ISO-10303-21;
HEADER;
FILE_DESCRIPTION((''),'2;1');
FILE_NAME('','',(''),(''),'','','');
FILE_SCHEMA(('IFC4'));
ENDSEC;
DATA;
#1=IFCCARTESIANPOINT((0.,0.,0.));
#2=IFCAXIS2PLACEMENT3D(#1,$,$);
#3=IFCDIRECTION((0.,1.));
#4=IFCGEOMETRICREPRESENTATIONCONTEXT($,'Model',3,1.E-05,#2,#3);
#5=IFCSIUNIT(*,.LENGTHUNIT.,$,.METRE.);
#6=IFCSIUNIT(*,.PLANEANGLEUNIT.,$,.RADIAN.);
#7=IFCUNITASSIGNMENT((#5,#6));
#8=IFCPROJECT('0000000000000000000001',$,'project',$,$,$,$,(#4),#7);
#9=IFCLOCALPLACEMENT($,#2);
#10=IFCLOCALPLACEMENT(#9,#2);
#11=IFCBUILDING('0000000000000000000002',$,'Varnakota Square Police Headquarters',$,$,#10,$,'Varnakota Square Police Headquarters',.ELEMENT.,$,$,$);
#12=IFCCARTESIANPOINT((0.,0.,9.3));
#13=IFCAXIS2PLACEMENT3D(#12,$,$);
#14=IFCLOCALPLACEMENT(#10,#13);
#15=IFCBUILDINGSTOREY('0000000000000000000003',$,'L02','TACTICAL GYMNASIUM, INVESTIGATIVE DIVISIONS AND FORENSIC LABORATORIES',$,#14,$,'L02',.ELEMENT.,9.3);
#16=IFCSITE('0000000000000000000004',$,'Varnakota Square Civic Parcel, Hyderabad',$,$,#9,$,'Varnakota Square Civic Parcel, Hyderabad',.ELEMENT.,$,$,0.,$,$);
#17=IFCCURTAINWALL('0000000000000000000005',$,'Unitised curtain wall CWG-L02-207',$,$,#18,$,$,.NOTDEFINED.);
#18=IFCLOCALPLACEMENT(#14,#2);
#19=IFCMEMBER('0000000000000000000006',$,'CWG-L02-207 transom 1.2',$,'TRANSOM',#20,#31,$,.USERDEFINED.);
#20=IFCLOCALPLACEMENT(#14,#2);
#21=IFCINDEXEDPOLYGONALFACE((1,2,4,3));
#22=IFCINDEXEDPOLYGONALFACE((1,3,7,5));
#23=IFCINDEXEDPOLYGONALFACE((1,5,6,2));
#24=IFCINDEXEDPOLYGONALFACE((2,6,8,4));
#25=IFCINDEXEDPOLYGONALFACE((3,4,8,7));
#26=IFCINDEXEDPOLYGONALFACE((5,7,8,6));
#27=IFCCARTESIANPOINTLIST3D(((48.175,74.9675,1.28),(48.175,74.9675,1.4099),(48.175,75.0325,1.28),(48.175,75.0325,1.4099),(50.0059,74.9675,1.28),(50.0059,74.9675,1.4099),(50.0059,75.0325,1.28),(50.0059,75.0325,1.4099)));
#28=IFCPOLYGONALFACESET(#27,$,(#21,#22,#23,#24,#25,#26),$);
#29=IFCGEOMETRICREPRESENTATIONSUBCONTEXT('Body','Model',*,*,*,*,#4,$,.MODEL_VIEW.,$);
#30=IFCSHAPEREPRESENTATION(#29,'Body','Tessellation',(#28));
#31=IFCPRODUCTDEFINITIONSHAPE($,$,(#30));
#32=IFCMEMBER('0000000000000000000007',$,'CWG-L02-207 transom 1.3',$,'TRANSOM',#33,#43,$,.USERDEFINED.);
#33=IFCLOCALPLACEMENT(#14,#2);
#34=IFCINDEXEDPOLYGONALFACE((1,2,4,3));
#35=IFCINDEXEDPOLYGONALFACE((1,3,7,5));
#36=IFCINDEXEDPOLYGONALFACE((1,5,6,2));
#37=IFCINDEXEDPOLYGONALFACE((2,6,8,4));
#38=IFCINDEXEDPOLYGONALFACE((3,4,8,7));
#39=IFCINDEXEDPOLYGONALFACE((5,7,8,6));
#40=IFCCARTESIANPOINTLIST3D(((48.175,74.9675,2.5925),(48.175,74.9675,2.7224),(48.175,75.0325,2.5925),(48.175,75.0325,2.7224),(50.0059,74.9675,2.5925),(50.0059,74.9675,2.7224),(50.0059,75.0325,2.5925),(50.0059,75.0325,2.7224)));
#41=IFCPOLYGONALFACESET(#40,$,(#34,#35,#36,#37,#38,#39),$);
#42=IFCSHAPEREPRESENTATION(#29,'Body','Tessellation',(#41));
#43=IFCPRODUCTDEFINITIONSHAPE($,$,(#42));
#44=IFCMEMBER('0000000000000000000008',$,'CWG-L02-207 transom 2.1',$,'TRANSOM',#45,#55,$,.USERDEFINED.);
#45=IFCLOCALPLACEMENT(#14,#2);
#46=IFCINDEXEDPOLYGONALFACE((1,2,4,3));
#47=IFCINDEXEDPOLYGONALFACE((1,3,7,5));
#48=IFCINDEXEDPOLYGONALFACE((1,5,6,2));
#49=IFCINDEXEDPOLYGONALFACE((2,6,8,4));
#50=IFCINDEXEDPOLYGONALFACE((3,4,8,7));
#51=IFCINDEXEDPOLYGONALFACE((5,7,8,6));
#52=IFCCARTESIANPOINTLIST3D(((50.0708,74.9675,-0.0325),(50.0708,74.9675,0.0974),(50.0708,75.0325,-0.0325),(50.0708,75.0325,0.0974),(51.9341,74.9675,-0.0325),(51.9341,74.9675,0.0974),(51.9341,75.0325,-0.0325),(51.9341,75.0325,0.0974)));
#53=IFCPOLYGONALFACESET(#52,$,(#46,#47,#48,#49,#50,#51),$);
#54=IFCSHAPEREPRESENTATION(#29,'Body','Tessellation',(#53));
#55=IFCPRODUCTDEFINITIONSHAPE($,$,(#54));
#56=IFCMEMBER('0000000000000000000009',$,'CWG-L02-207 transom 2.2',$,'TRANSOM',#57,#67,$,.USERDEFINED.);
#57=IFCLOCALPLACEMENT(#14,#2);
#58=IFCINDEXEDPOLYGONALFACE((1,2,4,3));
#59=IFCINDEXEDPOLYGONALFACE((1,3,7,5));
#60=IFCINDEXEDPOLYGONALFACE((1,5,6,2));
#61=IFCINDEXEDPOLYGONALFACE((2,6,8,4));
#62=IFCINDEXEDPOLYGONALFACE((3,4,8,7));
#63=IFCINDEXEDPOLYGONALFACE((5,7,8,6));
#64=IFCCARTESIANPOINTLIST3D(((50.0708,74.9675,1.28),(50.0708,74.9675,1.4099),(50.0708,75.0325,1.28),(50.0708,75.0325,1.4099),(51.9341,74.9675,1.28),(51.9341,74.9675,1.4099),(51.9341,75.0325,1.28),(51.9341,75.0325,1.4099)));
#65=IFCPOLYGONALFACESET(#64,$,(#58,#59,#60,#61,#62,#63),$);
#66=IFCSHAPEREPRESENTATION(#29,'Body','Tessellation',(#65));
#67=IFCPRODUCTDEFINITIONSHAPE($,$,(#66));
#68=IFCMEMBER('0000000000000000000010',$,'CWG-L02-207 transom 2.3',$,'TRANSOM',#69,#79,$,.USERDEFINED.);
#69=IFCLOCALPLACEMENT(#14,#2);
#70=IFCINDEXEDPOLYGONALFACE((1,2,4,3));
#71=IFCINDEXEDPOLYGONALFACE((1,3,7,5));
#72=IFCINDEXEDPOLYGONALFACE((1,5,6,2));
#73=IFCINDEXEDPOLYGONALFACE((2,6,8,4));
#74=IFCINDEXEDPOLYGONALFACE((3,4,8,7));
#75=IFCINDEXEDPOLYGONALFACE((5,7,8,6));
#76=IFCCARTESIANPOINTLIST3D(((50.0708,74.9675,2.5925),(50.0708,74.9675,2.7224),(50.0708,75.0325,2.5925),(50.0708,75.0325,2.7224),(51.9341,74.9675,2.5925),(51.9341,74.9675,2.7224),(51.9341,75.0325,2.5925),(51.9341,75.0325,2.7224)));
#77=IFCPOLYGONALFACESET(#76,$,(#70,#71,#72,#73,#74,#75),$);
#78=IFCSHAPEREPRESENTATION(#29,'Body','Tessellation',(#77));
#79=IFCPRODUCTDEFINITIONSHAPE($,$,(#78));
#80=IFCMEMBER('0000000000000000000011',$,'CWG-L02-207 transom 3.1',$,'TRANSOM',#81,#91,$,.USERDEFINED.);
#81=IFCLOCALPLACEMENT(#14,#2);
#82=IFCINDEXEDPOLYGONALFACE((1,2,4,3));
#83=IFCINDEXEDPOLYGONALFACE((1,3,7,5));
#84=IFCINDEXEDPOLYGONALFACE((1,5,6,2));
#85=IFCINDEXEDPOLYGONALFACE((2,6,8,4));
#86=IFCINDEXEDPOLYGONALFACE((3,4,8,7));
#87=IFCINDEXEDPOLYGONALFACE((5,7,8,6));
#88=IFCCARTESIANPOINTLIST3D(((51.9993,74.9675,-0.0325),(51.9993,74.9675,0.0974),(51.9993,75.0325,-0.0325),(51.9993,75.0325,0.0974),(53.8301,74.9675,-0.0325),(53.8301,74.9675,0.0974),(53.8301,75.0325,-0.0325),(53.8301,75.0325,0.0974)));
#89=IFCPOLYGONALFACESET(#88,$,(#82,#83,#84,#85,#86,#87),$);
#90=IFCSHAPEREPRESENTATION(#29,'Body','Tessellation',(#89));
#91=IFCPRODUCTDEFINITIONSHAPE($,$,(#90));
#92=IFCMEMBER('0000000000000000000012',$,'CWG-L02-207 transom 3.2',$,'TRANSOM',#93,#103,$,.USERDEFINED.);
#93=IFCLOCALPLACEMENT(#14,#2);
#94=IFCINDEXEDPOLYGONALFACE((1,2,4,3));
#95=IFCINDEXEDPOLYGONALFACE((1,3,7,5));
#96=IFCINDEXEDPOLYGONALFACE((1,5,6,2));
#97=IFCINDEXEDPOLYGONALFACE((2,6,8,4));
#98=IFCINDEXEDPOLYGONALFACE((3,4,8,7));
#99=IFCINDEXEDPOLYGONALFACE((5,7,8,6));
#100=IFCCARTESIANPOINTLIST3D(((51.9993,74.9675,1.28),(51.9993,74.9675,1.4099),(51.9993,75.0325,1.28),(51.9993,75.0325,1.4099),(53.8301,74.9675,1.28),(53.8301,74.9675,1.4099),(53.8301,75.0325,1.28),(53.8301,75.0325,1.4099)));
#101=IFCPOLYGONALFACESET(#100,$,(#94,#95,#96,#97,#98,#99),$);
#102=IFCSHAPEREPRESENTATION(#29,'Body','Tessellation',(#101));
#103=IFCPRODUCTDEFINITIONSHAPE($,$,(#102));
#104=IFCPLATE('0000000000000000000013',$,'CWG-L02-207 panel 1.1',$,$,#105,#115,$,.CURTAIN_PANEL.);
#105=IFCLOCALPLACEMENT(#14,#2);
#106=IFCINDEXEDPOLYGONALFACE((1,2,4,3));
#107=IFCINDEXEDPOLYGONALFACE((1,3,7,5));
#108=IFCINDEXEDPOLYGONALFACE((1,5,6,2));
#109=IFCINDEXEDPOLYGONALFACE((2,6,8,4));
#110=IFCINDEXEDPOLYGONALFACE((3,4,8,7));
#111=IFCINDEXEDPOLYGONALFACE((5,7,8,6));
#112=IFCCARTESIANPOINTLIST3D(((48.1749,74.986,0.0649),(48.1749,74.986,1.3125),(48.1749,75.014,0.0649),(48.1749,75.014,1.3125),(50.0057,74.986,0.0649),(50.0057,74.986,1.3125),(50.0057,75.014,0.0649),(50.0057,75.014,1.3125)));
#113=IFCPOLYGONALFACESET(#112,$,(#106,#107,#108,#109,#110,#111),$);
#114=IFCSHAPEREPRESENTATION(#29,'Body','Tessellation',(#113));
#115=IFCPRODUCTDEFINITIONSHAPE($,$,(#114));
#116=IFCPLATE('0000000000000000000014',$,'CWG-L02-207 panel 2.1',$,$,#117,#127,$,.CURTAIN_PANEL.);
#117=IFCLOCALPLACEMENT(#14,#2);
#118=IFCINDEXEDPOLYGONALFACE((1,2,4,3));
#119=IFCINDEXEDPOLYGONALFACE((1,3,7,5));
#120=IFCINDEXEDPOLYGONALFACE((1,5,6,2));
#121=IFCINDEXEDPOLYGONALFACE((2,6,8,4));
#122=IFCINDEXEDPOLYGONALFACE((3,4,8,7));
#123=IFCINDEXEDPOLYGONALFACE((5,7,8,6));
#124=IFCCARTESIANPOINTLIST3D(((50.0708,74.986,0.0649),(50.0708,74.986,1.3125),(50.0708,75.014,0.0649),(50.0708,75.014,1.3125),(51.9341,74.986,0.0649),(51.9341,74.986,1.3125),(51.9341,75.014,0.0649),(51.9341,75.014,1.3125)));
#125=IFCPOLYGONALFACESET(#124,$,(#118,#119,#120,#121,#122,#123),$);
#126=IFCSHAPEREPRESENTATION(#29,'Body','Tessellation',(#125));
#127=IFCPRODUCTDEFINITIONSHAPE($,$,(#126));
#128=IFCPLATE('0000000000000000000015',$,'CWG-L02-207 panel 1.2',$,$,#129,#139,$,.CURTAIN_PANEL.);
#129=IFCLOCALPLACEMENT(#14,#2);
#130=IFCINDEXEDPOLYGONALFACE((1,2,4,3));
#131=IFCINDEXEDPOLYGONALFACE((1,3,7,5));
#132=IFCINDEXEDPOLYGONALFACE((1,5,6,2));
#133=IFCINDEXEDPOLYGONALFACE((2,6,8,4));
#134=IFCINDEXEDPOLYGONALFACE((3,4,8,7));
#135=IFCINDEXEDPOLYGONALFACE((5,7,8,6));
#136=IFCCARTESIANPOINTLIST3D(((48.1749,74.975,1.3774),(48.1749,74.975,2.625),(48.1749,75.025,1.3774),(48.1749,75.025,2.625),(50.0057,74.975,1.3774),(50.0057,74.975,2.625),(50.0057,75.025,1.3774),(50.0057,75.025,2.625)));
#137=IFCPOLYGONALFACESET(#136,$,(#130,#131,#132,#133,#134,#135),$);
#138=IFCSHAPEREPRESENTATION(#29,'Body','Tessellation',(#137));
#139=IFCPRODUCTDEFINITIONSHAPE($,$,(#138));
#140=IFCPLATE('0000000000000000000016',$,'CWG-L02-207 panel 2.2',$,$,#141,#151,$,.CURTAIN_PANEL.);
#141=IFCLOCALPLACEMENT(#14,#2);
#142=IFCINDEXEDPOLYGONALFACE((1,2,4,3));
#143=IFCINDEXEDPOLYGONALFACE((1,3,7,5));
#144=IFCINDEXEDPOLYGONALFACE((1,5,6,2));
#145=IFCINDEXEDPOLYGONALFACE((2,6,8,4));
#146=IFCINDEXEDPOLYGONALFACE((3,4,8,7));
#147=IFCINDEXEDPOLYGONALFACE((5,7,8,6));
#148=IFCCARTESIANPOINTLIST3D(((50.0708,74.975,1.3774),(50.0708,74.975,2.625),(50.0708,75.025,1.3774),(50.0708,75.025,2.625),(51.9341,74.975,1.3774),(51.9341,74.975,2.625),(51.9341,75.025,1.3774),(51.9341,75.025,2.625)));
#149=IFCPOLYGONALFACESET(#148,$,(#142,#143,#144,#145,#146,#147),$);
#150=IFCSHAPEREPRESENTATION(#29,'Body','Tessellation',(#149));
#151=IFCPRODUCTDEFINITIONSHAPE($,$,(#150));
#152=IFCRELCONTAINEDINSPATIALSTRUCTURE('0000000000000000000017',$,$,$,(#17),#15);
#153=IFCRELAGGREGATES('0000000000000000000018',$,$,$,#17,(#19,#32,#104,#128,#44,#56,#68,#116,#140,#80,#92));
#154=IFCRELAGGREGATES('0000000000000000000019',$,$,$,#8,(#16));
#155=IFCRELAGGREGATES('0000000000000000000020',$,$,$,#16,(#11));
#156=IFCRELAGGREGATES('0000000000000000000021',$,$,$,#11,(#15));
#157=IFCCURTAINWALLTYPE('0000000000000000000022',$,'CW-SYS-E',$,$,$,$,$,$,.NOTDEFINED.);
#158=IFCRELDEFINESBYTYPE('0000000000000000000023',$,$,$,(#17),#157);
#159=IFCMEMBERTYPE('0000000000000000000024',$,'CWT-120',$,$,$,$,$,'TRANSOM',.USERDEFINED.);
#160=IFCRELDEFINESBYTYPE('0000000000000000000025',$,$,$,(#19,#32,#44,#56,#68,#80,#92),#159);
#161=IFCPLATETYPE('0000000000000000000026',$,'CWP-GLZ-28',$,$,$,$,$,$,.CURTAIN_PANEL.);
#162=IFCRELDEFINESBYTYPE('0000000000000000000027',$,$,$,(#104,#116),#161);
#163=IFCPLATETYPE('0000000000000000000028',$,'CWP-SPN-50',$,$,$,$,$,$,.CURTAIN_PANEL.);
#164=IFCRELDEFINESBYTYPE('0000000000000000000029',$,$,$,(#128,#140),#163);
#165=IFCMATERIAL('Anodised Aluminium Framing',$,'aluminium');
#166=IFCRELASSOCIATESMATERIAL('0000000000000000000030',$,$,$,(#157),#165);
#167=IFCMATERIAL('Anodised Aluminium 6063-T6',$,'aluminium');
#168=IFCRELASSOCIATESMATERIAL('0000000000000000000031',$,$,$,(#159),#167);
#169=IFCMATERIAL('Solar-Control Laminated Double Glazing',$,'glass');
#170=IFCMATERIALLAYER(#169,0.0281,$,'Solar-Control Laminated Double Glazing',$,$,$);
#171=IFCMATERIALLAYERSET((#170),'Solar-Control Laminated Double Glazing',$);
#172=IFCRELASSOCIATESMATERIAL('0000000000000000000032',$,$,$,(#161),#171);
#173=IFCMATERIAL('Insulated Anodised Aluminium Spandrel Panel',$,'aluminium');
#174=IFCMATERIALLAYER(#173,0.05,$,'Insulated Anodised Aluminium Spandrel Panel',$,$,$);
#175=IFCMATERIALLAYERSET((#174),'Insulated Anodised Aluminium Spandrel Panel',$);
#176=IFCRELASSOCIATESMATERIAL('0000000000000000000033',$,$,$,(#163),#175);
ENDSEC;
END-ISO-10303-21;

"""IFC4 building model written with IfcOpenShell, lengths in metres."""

from ifc_helpers import new_model, si_unit, direction, frame, origin, origin_2d, place, context, subcontext, project, spatial, rectangle, extrude, material, layer, layer_set, material_profile, profile_set, type_object, element, aggregate, save


model = new_model("IFC4")

# Units and contexts
model_context = context("Model", 3, precision=1e-05, world=origin(), true_north=direction((0.0, 1.0)))
body_context = subcontext(model_context, "Body", "Model", "MODEL_VIEW")
ifc_project = project(units=[si_unit("LENGTHUNIT", "METRE"), si_unit("PLANEANGLEUNIT", "RADIAN")], contexts=[model_context])

# Site, building, storey
site_placement = place(None, origin())
site = spatial("IfcSite", under=ifc_project, at=site_placement, Name="Varnakota Square Civic Parcel, Hyderabad", LongName="Varnakota Square Civic Parcel, Hyderabad", CompositionType="ELEMENT", RefElevation=0.0)
building_placement = place(site_placement, origin())
building = spatial("IfcBuilding", under=site, at=building_placement, Name="Varnakota Square Police Headquarters", LongName="Varnakota Square Police Headquarters", CompositionType="ELEMENT")
storey_placement = place(building_placement, frame((0.0, 0.0, 9.3)))
storey = spatial("IfcBuildingStorey", under=building, at=storey_placement, Name="L02", Description="TACTICAL GYMNASIUM, INVESTIGATIVE DIVISIONS AND FORENSIC LABORATORIES", LongName="L02", CompositionType="ELEMENT", Elevation=9.3)

# Shared definitions
ifc_material_1 = material(Name="Anodised Aluminium Framing", Category="aluminium")
curtain_wall_type = type_object("IfcCurtainWallType", Name="CW-SYS-E", PredefinedType="NOTDEFINED", material=ifc_material_1)
ifc_material_2 = material(Name="Anodised Aluminium 6063-T6", Category="aluminium")

# Curtain wall, members, plates
curtain_wall_1_placement = place(storey_placement, origin())
curtain_wall_1 = element("IfcCurtainWall", 1, at=curtain_wall_1_placement, inside=storey, type_object=curtain_wall_type, Name="Unitised curtain wall CWG-L02-207", PredefinedType="NOTDEFINED")
ifc_material_profile_1 = material_profile(ifc_material_2, rectangle(XDim=0.0649, YDim=0.1299, at=origin_2d()), Name="ALU TRANSOM 65x130")
ifc_profile_set_1 = profile_set([ifc_material_profile_1], Name="Anodised Aluminium 6063-T6")
member_type_1 = type_object("IfcMemberType", Name="CWT-120", ElementType="TRANSOM", PredefinedType="USERDEFINED", material=ifc_profile_set_1)
member_1_placement = place(storey_placement, frame((48.175, 75.0, 1.345), z_axis=(1.0, 0.0, 0.0), x_axis=(0.0, 1.0, 0.0)))
member_1 = element("IfcMember", 2, at=member_1_placement, type_object=member_type_1, Name="CWG-L02-207 transom 1.2", ObjectType="TRANSOM", PredefinedType="USERDEFINED", context=body_context, shape_type="SweptSolid", body=[
    extrude(rectangle(XDim=0.0649, YDim=0.1299, at=origin_2d()), origin(), (0.0, 0.0, 1.0), 1.8308),
])
member_2_placement = place(storey_placement, frame((48.175, 75.0, 2.6575), z_axis=(1.0, 0.0, 0.0), x_axis=(0.0, 1.0, 0.0)))
member_2 = element("IfcMember", 3, at=member_2_placement, type_object=member_type_1, Name="CWG-L02-207 transom 1.3", ObjectType="TRANSOM", PredefinedType="USERDEFINED", context=body_context, shape_type="SweptSolid", body=[
    extrude(rectangle(XDim=0.0649, YDim=0.1299, at=origin_2d()), origin(), (0.0, 0.0, 1.0), 1.8308),
])
member_3_placement = place(storey_placement, frame((50.0708, 75.0, 0.0325), z_axis=(1.0, 0.0, 0.0), x_axis=(0.0, 1.0, 0.0)))
member_3 = element("IfcMember", 4, at=member_3_placement, type_object=member_type_1, Name="CWG-L02-207 transom 2.1", ObjectType="TRANSOM", PredefinedType="USERDEFINED", context=body_context, shape_type="SweptSolid", body=[
    extrude(rectangle(XDim=0.0649, YDim=0.1299, at=origin_2d()), origin(), (0.0, 0.0, 1.0), 1.8633),
])
member_4_placement = place(storey_placement, frame((50.0708, 75.0, 1.345), z_axis=(1.0, 0.0, 0.0), x_axis=(0.0, 1.0, 0.0)))
member_4 = element("IfcMember", 5, at=member_4_placement, type_object=member_type_1, Name="CWG-L02-207 transom 2.2", ObjectType="TRANSOM", PredefinedType="USERDEFINED", context=body_context, shape_type="SweptSolid", body=[
    extrude(rectangle(XDim=0.0649, YDim=0.1299, at=origin_2d()), origin(), (0.0, 0.0, 1.0), 1.8633),
])
member_5_placement = place(storey_placement, frame((50.0708, 75.0, 2.6575), z_axis=(1.0, 0.0, 0.0), x_axis=(0.0, 1.0, 0.0)))
member_5 = element("IfcMember", 6, at=member_5_placement, type_object=member_type_1, Name="CWG-L02-207 transom 2.3", ObjectType="TRANSOM", PredefinedType="USERDEFINED", context=body_context, shape_type="SweptSolid", body=[
    extrude(rectangle(XDim=0.0649, YDim=0.1299, at=origin_2d()), origin(), (0.0, 0.0, 1.0), 1.8633),
])
member_6_placement = place(storey_placement, frame((51.9993, 75.0, 0.0325), z_axis=(1.0, 0.0, 0.0), x_axis=(0.0, 1.0, 0.0)))
member_6 = element("IfcMember", 7, at=member_6_placement, type_object=member_type_1, Name="CWG-L02-207 transom 3.1", ObjectType="TRANSOM", PredefinedType="USERDEFINED", context=body_context, shape_type="SweptSolid", body=[
    extrude(rectangle(XDim=0.0649, YDim=0.1299, at=origin_2d()), origin(), (0.0, 0.0, 1.0), 1.8308),
])
member_7_placement = place(storey_placement, frame((51.9993, 75.0, 1.345), z_axis=(1.0, 0.0, 0.0), x_axis=(0.0, 1.0, 0.0)))
member_7 = element("IfcMember", 8, at=member_7_placement, type_object=member_type_1, Name="CWG-L02-207 transom 3.2", ObjectType="TRANSOM", PredefinedType="USERDEFINED", context=body_context, shape_type="SweptSolid", body=[
    extrude(rectangle(XDim=0.0649, YDim=0.1299, at=origin_2d()), origin(), (0.0, 0.0, 1.0), 1.8308),
])
ifc_material_3 = material(Name="Solar-Control Laminated Double Glazing", Category="glass")
ifc_layer_1 = layer(ifc_material_3, 0.0281, Name="Solar-Control Laminated Double Glazing")
ifc_layer_set_1 = layer_set([ifc_layer_1], Name="Solar-Control Laminated Double Glazing")
plate_type_1 = type_object("IfcPlateType", Name="CWP-GLZ-28", PredefinedType="CURTAIN_PANEL", material=ifc_layer_set_1)
plate_1_placement = place(storey_placement, frame((49.0903, 75.0, 0.0649), z_axis=(0.0, 0.0, 1.0), x_axis=(1.0, 0.0, 0.0)))
plate_1 = element("IfcPlate", 9, at=plate_1_placement, type_object=plate_type_1, Name="CWG-L02-207 panel 1.1", PredefinedType="CURTAIN_PANEL", context=body_context, shape_type="SweptSolid", body=[
    extrude(rectangle(XDim=1.8308, YDim=0.0281, at=origin_2d()), origin(), (0.0, 0.0, 1.0), 1.2476),
])
plate_2_placement = place(storey_placement, frame((51.0024, 75.0, 0.0649), z_axis=(0.0, 0.0, 1.0), x_axis=(1.0, 0.0, 0.0)))
plate_2 = element("IfcPlate", 10, at=plate_2_placement, type_object=plate_type_1, Name="CWG-L02-207 panel 2.1", PredefinedType="CURTAIN_PANEL", context=body_context, shape_type="SweptSolid", body=[
    extrude(rectangle(XDim=1.8633, YDim=0.0281, at=origin_2d()), origin(), (0.0, 0.0, 1.0), 1.2476),
])
ifc_material_4 = material(Name="Insulated Anodised Aluminium Spandrel Panel", Category="aluminium")
ifc_layer_2 = layer(ifc_material_4, 0.05, Name="Insulated Anodised Aluminium Spandrel Panel")
ifc_layer_set_2 = layer_set([ifc_layer_2], Name="Insulated Anodised Aluminium Spandrel Panel")
plate_type_2 = type_object("IfcPlateType", Name="CWP-SPN-50", PredefinedType="CURTAIN_PANEL", material=ifc_layer_set_2)
plate_3_placement = place(storey_placement, frame((49.0903, 75.0, 1.3774), z_axis=(0.0, 0.0, 1.0), x_axis=(1.0, 0.0, 0.0)))
plate_3 = element("IfcPlate", 11, at=plate_3_placement, type_object=plate_type_2, Name="CWG-L02-207 panel 1.2", PredefinedType="CURTAIN_PANEL", context=body_context, shape_type="SweptSolid", body=[
    extrude(rectangle(XDim=1.8308, YDim=0.05, at=origin_2d()), origin(), (0.0, 0.0, 1.0), 1.2476),
])
plate_4_placement = place(storey_placement, frame((51.0024, 75.0, 1.3774), z_axis=(0.0, 0.0, 1.0), x_axis=(1.0, 0.0, 0.0)))
plate_4 = element("IfcPlate", 12, at=plate_4_placement, type_object=plate_type_2, Name="CWG-L02-207 panel 2.2", PredefinedType="CURTAIN_PANEL", context=body_context, shape_type="SweptSolid", body=[
    extrude(rectangle(XDim=1.8633, YDim=0.05, at=origin_2d()), origin(), (0.0, 0.0, 1.0), 1.2476),
])
aggregate(curtain_wall_1, [member_1, member_2, plate_1, plate_3, member_3, member_4, member_5, plate_2, plate_4, member_6, member_7])

save(model, "model.ifc")
